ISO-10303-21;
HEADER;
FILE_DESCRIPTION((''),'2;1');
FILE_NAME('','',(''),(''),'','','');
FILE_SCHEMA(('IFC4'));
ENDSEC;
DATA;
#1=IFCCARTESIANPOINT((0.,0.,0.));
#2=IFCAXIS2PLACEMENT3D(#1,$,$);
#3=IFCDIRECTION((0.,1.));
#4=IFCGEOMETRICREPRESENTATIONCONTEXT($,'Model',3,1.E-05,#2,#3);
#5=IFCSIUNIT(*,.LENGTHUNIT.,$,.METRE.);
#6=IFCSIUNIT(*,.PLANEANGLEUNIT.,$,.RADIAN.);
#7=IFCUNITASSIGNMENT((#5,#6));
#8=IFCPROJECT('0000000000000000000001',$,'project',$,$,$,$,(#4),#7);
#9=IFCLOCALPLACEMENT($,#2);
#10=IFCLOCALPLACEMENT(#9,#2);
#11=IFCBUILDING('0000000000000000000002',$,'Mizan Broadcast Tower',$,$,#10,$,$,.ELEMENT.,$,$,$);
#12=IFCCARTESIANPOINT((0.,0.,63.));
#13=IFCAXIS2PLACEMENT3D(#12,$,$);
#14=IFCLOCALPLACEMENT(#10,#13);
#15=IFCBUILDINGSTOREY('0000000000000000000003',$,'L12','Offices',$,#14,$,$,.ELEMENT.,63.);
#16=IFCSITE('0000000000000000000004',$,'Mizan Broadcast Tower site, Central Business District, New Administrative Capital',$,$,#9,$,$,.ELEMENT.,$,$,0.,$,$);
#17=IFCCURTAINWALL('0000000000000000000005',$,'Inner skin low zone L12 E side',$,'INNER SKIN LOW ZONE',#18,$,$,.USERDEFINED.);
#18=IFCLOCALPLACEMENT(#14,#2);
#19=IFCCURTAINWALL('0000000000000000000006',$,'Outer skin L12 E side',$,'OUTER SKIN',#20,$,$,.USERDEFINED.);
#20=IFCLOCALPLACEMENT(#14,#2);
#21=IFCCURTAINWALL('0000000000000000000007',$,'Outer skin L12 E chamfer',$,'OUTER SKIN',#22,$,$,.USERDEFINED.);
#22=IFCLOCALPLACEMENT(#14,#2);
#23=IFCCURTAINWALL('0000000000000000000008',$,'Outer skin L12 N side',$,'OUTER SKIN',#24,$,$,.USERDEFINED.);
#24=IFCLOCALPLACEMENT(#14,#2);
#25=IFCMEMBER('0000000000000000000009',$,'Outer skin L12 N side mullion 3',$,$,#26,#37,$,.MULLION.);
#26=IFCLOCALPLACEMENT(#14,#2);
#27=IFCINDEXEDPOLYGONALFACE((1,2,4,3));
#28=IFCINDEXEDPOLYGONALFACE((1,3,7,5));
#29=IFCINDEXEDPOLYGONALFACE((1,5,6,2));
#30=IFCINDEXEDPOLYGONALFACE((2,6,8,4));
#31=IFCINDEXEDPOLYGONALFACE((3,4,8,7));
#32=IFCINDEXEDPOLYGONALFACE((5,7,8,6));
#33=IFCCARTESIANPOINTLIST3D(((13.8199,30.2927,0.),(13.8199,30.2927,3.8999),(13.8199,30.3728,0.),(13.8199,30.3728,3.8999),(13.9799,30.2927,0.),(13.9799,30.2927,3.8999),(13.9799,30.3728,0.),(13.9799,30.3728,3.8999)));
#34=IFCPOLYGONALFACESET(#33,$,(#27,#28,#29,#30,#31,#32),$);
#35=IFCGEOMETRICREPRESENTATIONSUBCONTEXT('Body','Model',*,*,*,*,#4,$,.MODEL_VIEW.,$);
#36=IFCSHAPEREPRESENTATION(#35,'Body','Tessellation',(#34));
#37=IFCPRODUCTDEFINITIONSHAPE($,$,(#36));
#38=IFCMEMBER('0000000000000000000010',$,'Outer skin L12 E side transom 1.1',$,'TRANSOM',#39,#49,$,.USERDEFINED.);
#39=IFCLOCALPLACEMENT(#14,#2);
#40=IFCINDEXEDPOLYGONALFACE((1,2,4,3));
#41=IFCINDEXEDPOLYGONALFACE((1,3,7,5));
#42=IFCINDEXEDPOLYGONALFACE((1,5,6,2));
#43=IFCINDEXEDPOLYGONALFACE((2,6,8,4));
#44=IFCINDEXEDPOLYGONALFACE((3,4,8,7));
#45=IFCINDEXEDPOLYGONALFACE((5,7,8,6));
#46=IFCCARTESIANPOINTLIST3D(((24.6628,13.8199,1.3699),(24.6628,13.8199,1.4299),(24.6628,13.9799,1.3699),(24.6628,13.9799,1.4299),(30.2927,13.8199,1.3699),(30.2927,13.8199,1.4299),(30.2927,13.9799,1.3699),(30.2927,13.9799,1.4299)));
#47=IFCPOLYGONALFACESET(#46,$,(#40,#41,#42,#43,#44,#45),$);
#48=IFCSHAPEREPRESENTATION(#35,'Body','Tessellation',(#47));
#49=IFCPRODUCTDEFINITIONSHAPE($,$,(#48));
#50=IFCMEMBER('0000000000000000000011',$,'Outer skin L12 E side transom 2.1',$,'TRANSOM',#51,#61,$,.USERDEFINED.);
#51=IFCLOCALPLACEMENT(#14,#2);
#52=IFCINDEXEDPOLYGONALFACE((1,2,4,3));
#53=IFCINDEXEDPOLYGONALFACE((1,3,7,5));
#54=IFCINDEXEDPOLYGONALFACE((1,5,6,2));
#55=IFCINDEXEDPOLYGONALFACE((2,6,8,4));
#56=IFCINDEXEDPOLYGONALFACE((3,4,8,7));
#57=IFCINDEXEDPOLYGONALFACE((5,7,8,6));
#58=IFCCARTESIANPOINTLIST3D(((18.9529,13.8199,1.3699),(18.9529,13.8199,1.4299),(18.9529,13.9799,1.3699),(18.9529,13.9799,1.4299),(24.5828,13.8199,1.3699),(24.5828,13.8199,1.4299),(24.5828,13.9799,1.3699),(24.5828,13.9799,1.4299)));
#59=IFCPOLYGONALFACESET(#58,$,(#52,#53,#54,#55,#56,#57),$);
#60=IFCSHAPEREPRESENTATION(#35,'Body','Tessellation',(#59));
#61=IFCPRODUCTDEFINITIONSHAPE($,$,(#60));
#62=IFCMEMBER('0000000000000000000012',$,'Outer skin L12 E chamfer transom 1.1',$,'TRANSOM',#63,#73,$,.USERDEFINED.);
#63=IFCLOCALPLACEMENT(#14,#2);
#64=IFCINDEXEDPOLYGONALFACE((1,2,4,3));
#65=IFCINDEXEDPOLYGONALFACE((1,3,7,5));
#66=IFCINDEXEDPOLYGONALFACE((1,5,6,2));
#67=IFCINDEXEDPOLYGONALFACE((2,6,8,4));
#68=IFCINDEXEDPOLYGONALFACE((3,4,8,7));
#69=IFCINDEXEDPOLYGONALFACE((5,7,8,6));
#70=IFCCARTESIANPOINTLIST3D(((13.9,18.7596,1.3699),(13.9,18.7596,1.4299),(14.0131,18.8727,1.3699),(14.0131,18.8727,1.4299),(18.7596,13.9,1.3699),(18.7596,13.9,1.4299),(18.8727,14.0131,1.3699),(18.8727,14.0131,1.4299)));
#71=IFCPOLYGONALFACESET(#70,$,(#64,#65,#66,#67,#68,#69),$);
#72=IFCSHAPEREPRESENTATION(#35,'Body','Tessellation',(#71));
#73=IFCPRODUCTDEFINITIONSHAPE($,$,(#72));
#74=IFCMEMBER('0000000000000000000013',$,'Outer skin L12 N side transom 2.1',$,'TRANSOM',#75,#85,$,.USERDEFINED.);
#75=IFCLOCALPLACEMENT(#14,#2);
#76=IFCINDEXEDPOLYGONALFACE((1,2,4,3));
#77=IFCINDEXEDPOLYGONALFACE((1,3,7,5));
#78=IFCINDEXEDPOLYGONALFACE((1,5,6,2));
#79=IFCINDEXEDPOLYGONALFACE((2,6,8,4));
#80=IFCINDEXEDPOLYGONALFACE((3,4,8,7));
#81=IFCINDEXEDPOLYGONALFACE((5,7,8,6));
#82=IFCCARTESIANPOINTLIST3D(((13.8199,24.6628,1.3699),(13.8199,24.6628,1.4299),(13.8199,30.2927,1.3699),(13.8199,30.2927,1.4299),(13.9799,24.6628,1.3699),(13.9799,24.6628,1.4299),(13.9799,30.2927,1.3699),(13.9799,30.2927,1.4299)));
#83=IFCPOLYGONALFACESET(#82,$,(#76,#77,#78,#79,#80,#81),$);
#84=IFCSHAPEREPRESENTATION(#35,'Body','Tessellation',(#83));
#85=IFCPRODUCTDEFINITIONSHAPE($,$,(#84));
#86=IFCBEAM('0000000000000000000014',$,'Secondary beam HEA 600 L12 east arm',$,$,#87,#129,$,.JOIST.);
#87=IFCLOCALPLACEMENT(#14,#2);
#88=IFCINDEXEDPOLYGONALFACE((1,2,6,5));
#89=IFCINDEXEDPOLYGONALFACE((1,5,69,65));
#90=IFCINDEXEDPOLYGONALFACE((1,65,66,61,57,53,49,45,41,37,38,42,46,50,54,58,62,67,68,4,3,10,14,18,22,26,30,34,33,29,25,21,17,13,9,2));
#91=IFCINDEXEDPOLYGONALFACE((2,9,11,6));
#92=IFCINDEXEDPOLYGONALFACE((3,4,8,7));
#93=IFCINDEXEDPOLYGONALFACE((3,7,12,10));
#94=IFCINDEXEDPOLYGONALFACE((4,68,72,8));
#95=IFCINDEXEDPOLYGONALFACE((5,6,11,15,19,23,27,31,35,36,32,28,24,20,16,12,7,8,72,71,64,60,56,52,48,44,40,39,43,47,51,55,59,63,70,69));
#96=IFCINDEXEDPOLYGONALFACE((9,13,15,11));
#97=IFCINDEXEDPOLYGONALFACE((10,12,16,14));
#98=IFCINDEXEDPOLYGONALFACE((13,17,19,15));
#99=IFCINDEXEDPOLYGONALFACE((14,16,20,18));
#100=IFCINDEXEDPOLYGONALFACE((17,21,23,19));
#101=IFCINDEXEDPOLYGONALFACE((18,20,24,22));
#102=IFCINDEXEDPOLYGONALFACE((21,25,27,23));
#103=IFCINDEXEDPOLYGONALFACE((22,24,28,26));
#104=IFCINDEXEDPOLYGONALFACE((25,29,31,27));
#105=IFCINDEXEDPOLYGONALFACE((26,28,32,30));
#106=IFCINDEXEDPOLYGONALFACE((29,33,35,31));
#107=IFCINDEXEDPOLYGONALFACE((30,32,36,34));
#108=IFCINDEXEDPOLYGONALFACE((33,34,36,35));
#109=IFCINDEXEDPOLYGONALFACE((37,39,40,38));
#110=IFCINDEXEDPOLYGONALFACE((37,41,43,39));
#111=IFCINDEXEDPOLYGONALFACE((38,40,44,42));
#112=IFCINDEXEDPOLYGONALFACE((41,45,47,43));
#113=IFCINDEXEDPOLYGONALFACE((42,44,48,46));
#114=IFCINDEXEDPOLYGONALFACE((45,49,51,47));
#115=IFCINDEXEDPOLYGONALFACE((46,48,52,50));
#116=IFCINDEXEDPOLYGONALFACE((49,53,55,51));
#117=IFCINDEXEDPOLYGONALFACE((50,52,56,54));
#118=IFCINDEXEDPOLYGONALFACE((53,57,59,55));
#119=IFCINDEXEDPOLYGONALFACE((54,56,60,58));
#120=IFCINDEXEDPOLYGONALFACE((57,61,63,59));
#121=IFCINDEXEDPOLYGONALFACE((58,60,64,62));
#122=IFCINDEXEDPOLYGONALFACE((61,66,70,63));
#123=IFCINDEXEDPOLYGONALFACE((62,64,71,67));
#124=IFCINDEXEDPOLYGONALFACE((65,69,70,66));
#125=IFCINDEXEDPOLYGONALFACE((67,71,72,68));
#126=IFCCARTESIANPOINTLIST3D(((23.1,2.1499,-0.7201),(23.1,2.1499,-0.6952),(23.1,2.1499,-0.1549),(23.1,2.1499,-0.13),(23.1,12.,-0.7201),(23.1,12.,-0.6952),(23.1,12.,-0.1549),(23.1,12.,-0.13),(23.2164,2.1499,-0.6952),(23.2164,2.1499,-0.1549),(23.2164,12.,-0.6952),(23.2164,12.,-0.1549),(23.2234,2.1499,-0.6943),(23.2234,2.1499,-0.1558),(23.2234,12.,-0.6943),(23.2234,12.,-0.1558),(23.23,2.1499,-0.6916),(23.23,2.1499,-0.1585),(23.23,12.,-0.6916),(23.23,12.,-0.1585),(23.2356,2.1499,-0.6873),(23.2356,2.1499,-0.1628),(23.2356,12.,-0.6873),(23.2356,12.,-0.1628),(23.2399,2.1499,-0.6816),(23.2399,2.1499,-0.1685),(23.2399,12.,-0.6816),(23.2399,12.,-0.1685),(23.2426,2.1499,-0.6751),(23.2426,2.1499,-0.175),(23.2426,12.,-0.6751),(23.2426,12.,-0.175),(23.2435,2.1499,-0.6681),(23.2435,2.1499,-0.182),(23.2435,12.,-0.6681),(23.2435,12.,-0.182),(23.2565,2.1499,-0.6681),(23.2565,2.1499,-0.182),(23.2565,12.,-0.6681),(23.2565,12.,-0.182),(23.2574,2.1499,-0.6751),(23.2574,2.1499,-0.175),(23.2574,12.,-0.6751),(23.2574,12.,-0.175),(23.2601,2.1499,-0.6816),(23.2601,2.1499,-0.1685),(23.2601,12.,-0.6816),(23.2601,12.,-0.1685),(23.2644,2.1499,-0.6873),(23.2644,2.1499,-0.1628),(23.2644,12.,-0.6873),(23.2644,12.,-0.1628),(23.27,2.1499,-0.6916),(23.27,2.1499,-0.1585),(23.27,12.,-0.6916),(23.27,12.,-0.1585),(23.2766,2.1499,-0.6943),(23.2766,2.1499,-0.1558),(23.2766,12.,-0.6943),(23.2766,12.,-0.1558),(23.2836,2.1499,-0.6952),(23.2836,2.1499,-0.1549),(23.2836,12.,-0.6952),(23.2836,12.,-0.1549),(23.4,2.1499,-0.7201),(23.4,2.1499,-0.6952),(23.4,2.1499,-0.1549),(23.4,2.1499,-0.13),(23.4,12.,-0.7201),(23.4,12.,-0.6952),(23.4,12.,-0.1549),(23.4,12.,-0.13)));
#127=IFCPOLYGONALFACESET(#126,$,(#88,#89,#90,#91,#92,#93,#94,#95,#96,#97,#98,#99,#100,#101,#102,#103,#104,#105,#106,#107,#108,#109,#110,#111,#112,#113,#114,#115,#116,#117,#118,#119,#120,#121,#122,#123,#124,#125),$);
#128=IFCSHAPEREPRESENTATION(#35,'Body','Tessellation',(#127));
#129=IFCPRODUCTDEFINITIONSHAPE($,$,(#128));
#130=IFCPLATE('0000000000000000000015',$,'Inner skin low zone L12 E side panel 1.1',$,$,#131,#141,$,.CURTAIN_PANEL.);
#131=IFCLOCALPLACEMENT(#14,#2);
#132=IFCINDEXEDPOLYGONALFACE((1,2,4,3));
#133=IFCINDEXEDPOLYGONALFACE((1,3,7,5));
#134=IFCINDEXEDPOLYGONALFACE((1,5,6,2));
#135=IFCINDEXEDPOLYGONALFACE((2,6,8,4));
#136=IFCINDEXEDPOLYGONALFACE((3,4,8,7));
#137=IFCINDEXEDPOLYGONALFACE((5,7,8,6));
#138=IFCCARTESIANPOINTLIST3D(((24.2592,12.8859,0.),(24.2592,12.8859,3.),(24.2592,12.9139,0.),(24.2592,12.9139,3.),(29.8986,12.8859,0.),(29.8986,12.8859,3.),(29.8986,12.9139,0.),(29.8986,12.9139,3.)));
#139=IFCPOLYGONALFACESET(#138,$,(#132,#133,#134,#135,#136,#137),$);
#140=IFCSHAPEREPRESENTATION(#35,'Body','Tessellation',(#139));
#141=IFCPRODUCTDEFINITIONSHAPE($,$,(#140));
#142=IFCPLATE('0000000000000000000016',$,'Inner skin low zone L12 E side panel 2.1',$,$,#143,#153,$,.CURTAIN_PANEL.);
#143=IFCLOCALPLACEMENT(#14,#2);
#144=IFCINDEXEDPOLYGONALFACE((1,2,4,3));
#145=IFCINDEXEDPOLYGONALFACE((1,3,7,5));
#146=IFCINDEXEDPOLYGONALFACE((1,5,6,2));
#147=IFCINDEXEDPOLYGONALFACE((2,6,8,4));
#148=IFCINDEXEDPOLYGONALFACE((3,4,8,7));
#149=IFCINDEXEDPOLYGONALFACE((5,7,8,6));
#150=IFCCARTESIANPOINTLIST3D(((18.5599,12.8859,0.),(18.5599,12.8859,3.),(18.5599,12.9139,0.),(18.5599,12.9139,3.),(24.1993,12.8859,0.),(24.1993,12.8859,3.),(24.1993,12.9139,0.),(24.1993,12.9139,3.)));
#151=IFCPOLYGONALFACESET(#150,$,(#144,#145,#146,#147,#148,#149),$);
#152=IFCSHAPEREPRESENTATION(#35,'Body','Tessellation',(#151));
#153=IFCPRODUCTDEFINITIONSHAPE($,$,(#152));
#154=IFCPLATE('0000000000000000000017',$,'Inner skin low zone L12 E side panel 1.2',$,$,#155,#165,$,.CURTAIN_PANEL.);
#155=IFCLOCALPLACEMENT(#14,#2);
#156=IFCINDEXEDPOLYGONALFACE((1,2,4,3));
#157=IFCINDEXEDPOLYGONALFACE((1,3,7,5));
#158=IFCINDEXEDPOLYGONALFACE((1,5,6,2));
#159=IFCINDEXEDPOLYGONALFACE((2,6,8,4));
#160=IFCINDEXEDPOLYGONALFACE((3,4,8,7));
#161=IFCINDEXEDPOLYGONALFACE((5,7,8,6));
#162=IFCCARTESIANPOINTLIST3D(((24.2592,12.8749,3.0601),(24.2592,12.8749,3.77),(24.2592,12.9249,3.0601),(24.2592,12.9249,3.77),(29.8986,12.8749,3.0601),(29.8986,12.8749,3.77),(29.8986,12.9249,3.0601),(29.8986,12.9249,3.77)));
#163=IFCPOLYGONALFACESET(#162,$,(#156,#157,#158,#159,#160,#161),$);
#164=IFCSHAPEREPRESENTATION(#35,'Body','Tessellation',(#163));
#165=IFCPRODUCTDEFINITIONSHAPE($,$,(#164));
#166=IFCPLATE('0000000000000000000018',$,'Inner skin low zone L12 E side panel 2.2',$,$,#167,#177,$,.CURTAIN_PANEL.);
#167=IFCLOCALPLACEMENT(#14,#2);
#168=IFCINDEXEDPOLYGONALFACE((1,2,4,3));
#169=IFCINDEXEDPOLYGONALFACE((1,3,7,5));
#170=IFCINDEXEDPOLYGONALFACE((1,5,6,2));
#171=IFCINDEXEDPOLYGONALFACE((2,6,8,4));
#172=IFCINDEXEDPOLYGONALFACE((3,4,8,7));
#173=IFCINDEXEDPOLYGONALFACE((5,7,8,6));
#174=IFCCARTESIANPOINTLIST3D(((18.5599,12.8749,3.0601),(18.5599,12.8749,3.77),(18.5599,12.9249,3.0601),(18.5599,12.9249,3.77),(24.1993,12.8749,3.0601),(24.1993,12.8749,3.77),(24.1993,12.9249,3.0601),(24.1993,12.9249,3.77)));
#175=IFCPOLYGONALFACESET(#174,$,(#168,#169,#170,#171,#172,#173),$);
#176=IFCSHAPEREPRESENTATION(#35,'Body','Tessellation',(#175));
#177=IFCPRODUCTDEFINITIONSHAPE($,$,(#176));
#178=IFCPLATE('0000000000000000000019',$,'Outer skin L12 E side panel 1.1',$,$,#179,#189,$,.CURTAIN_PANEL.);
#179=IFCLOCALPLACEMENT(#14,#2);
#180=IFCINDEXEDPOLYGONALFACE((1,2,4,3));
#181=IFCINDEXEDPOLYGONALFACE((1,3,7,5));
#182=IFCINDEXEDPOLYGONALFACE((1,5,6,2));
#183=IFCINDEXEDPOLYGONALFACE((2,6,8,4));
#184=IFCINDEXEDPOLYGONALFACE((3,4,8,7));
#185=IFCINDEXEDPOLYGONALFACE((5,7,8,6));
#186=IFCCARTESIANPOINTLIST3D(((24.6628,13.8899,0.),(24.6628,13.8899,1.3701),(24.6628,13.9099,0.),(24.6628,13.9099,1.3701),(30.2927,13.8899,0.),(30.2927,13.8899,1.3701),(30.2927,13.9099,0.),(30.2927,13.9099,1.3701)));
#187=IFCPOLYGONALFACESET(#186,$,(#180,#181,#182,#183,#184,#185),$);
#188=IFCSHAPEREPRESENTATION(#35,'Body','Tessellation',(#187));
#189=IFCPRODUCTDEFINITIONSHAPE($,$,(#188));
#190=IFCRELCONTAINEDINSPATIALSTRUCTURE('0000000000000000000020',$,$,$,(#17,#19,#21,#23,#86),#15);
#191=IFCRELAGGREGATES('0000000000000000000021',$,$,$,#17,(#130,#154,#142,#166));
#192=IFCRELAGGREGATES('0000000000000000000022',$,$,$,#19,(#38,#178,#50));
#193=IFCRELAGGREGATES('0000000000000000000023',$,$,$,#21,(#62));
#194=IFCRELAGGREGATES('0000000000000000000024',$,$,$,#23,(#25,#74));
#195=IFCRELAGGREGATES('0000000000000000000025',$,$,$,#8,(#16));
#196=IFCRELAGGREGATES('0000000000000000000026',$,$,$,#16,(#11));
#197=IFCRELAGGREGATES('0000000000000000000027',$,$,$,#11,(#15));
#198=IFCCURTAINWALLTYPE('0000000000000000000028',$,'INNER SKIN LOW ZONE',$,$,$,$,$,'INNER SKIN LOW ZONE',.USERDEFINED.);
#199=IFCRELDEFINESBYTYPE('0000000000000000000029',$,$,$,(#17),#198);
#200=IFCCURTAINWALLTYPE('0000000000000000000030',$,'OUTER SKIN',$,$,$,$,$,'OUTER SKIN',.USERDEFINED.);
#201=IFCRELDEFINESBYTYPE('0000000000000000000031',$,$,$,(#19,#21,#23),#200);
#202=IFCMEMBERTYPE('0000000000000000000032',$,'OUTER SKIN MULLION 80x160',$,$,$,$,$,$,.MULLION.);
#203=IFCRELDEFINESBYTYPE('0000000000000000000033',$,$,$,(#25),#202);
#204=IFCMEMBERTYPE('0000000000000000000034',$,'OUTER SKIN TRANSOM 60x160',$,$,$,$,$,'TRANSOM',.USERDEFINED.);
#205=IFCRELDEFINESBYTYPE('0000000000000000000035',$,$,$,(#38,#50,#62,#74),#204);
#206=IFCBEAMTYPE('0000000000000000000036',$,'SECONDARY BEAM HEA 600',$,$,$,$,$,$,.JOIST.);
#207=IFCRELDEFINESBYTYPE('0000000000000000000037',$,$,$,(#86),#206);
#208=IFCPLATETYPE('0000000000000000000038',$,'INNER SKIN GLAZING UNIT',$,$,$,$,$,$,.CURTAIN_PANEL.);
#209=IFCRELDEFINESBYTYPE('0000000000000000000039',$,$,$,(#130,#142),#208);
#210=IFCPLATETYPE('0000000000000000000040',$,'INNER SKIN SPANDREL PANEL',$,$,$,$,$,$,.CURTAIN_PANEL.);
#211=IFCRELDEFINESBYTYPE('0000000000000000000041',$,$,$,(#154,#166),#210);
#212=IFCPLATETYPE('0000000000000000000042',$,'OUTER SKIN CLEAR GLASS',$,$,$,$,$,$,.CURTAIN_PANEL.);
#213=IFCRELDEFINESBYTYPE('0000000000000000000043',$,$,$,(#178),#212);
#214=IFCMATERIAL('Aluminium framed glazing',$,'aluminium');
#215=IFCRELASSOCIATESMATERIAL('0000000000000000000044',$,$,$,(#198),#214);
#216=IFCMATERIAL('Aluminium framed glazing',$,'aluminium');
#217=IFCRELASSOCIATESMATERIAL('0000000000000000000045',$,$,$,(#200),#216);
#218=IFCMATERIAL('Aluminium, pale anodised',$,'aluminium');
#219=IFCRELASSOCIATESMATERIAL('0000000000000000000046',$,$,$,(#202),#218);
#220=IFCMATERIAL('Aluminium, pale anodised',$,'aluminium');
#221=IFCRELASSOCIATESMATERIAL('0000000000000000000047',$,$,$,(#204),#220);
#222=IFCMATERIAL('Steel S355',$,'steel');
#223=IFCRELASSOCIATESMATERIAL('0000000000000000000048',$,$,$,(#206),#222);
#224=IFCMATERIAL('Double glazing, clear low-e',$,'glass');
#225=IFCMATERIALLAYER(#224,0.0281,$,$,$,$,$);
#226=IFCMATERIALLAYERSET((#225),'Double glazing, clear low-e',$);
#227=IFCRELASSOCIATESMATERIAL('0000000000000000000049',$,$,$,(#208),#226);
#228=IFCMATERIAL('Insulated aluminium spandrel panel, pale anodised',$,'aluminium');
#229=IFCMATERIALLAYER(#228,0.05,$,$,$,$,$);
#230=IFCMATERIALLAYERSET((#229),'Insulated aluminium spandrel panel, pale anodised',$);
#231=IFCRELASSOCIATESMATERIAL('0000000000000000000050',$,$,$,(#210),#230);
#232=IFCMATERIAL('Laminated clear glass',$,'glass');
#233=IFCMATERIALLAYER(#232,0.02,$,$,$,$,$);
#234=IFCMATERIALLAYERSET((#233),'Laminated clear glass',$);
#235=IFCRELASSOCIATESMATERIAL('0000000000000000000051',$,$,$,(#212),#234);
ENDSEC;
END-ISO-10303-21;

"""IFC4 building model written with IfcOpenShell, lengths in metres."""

from ifc_helpers import new_model, si_unit, direction, frame, origin, origin_2d, place, context, subcontext, project, spatial, rectangle, i_section, extrude, material, layer, layer_set, material_profile, profile_set, type_object, element, aggregate, save


model = new_model("IFC4")

# Units and contexts
model_context = context("Model", 3, precision=1e-05, world=origin(), true_north=direction((0.0, 1.0)))
body_context = subcontext(model_context, "Body", "Model", "MODEL_VIEW")
ifc_project = project(units=[si_unit("LENGTHUNIT", "METRE"), si_unit("PLANEANGLEUNIT", "RADIAN")], contexts=[model_context])

# Site, building, storey
site_placement = place(None, origin())
site = spatial("IfcSite", under=ifc_project, at=site_placement, Name="Mizan Broadcast Tower site, Central Business District, New Administrative Capital", CompositionType="ELEMENT", RefElevation=0.0)
building_placement = place(site_placement, origin())
building = spatial("IfcBuilding", under=site, at=building_placement, Name="Mizan Broadcast Tower", CompositionType="ELEMENT")
storey_placement = place(building_placement, frame((0.0, 0.0, 63.0)))
storey = spatial("IfcBuildingStorey", under=building, at=storey_placement, Name="L12", Description="Offices", CompositionType="ELEMENT", Elevation=63.0)

# Shared definitions
ifc_material_1 = material(Name="Aluminium framed glazing", Category="aluminium")
curtain_wall_type_1 = type_object("IfcCurtainWallType", Name="INNER SKIN LOW ZONE", ElementType="INNER SKIN LOW ZONE", PredefinedType="USERDEFINED", material=ifc_material_1)

# Curtain wall
curtain_wall_1_placement = place(storey_placement, origin())
curtain_wall_1 = element("IfcCurtainWall", 1, at=curtain_wall_1_placement, inside=storey, type_object=curtain_wall_type_1, Name="Inner skin low zone L12 E side", ObjectType="INNER SKIN LOW ZONE", PredefinedType="USERDEFINED")

# Shared definitions
ifc_material_2 = material(Name="Aluminium framed glazing", Category="aluminium")
curtain_wall_type_2 = type_object("IfcCurtainWallType", Name="OUTER SKIN", ElementType="OUTER SKIN", PredefinedType="USERDEFINED", material=ifc_material_2)
ifc_material_3 = material(Name="Aluminium, pale anodised", Category="aluminium")
ifc_material_profile_1 = material_profile(ifc_material_3, rectangle(XDim=0.1599, YDim=0.0801, at=origin_2d()), Name="MULLION 160x80")
ifc_profile_set_1 = profile_set([ifc_material_profile_1], Name="Aluminium, pale anodised")
member_type_1 = type_object("IfcMemberType", Name="OUTER SKIN MULLION 80x160", PredefinedType="MULLION", material=ifc_profile_set_1)

# Curtain wall
curtain_wall_2_placement = place(storey_placement, origin())
curtain_wall_2 = element("IfcCurtainWall", 2, at=curtain_wall_2_placement, inside=storey, type_object=curtain_wall_type_2, Name="Outer skin L12 E side", ObjectType="OUTER SKIN", PredefinedType="USERDEFINED")

# Curtain wall
curtain_wall_3_placement = place(storey_placement, origin())
curtain_wall_3 = element("IfcCurtainWall", 3, at=curtain_wall_3_placement, inside=storey, type_object=curtain_wall_type_2, Name="Outer skin L12 E chamfer", ObjectType="OUTER SKIN", PredefinedType="USERDEFINED")

# Curtain wall, member
curtain_wall_4_placement = place(storey_placement, origin())
curtain_wall_4 = element("IfcCurtainWall", 4, at=curtain_wall_4_placement, inside=storey, type_object=curtain_wall_type_2, Name="Outer skin L12 N side", ObjectType="OUTER SKIN", PredefinedType="USERDEFINED")
member_1_placement = place(storey_placement, frame((13.8999, 30.3328, 0.0), z_axis=(0.0, 0.0, 1.0), x_axis=(-1.0, 0.0, 0.0)))
member_1 = element("IfcMember", 5, at=member_1_placement, type_object=member_type_1, Name="Outer skin L12 N side mullion 3", PredefinedType="MULLION", context=body_context, shape_type="SweptSolid", body=[
    extrude(rectangle(XDim=0.1599, YDim=0.0801, at=origin_2d()), origin(), (0.0, 0.0, 1.0), 3.8999),
])

# Members
ifc_material_4 = material(Name="Aluminium, pale anodised", Category="aluminium")
ifc_material_profile_2 = material_profile(ifc_material_4, rectangle(XDim=0.1599, YDim=0.0601, at=origin_2d()), Name="TRANSOM 160x60")
ifc_profile_set_2 = profile_set([ifc_material_profile_2], Name="Aluminium, pale anodised")
member_type_2 = type_object("IfcMemberType", Name="OUTER SKIN TRANSOM 60x160", ElementType="TRANSOM", PredefinedType="USERDEFINED", material=ifc_profile_set_2)
member_2_placement = place(storey_placement, frame((30.2927, 13.8999, 1.3999), z_axis=(-1.0, 0.0, 0.0), x_axis=(0.0, -1.0, 0.0)))
member_2 = element("IfcMember", 6, at=member_2_placement, type_object=member_type_2, Name="Outer skin L12 E side transom 1.1", ObjectType="TRANSOM", PredefinedType="USERDEFINED", context=body_context, shape_type="SweptSolid", body=[
    extrude(rectangle(XDim=0.1599, YDim=0.0601, at=origin_2d()), origin(), (0.0, 0.0, 1.0), 5.6299),
])
member_3_placement = place(storey_placement, frame((24.5828, 13.8999, 1.3999), z_axis=(-1.0, 0.0, 0.0), x_axis=(0.0, -1.0, 0.0)))
member_3 = element("IfcMember", 7, at=member_3_placement, type_object=member_type_2, Name="Outer skin L12 E side transom 2.1", ObjectType="TRANSOM", PredefinedType="USERDEFINED", context=body_context, shape_type="SweptSolid", body=[
    extrude(rectangle(XDim=0.1599, YDim=0.0601, at=origin_2d()), origin(), (0.0, 0.0, 1.0), 5.6299),
])
member_4_placement = place(storey_placement, frame((18.8162, 13.9565, 1.3999), z_axis=(-0.707107, 0.707107, 0.0), x_axis=(-0.707107, -0.707107, 0.0)))
member_4 = element("IfcMember", 8, at=member_4_placement, type_object=member_type_2, Name="Outer skin L12 E chamfer transom 1.1", ObjectType="TRANSOM", PredefinedType="USERDEFINED", context=body_context, shape_type="SweptSolid", body=[
    extrude(rectangle(XDim=0.1599, YDim=0.0601, at=origin_2d()), origin(), (0.0, 0.0, 1.0), 6.8726),
])
member_5_placement = place(storey_placement, frame((13.8999, 24.6628, 1.3999), z_axis=(0.0, 1.0, 0.0), x_axis=(-1.0, 0.0, 0.0)))
member_5 = element("IfcMember", 9, at=member_5_placement, type_object=member_type_2, Name="Outer skin L12 N side transom 2.1", ObjectType="TRANSOM", PredefinedType="USERDEFINED", context=body_context, shape_type="SweptSolid", body=[
    extrude(rectangle(XDim=0.1599, YDim=0.0601, at=origin_2d()), origin(), (0.0, 0.0, 1.0), 5.6299),
])

# Beam
ifc_material_5 = material(Name="Steel S355", Category="steel")
ifc_material_profile_3 = material_profile(ifc_material_5, i_section(OverallWidth=0.3, OverallDepth=0.5901, WebThickness=0.0129, FlangeThickness=0.0249, FilletRadius=0.0271, at=origin_2d()), Name="HEA 600")
ifc_profile_set_3 = profile_set([ifc_material_profile_3], Name="Steel S355")
beam_type_1 = type_object("IfcBeamType", Name="SECONDARY BEAM HEA 600", PredefinedType="JOIST", material=ifc_profile_set_3)
beam_1_placement = place(storey_placement, frame((23.25, 12.0, -0.425), z_axis=(0.0, -1.0, 0.0), x_axis=(1.0, 0.0, 0.0)))
element("IfcBeam", 10, at=beam_1_placement, inside=storey, type_object=beam_type_1, Name="Secondary beam HEA 600 L12 east arm", PredefinedType="JOIST", context=body_context, shape_type="SweptSolid", body=[
    extrude(i_section(OverallWidth=0.3, OverallDepth=0.5901, WebThickness=0.0129, FlangeThickness=0.0249, FilletRadius=0.0271, at=origin_2d()), origin(), (0.0, 0.0, 1.0), 9.8501),
])

# Plates
ifc_material_6 = material(Name="Double glazing, clear low-e", Category="glass")
ifc_layer_1 = layer(ifc_material_6, 0.0281)
ifc_layer_set_1 = layer_set([ifc_layer_1], Name="Double glazing, clear low-e")
plate_type_1 = type_object("IfcPlateType", Name="INNER SKIN GLAZING UNIT", PredefinedType="CURTAIN_PANEL", material=ifc_layer_set_1)
plate_1_placement = place(storey_placement, frame((27.0789, 12.8999, 0.0), z_axis=(0.0, 0.0, 1.0), x_axis=(-1.0, 0.0, 0.0)))
plate_1 = element("IfcPlate", 11, at=plate_1_placement, type_object=plate_type_1, Name="Inner skin low zone L12 E side panel 1.1", PredefinedType="CURTAIN_PANEL", context=body_context, shape_type="SweptSolid", body=[
    extrude(rectangle(XDim=5.6394, YDim=0.0281, at=origin_2d()), origin(), (0.0, 0.0, 1.0), 3.0),
])
plate_2_placement = place(storey_placement, frame((21.3796, 12.8999, 0.0), z_axis=(0.0, 0.0, 1.0), x_axis=(-1.0, 0.0, 0.0)))
plate_2 = element("IfcPlate", 12, at=plate_2_placement, type_object=plate_type_1, Name="Inner skin low zone L12 E side panel 2.1", PredefinedType="CURTAIN_PANEL", context=body_context, shape_type="SweptSolid", body=[
    extrude(rectangle(XDim=5.6394, YDim=0.0281, at=origin_2d()), origin(), (0.0, 0.0, 1.0), 3.0),
])
ifc_material_7 = material(Name="Insulated aluminium spandrel panel, pale anodised", Category="aluminium")
ifc_layer_2 = layer(ifc_material_7, 0.05)
ifc_layer_set_2 = layer_set([ifc_layer_2], Name="Insulated aluminium spandrel panel, pale anodised")
plate_type_2 = type_object("IfcPlateType", Name="INNER SKIN SPANDREL PANEL", PredefinedType="CURTAIN_PANEL", material=ifc_layer_set_2)
plate_3_placement = place(storey_placement, frame((27.0789, 12.8999, 3.0601), z_axis=(0.0, 0.0, 1.0), x_axis=(-1.0, 0.0, 0.0)))
plate_3 = element("IfcPlate", 13, at=plate_3_placement, type_object=plate_type_2, Name="Inner skin low zone L12 E side panel 1.2", PredefinedType="CURTAIN_PANEL", context=body_context, shape_type="SweptSolid", body=[
    extrude(rectangle(XDim=5.6394, YDim=0.05, at=origin_2d()), origin(), (0.0, 0.0, 1.0), 0.71),
])
plate_4_placement = place(storey_placement, frame((21.3796, 12.8999, 3.0601), z_axis=(0.0, 0.0, 1.0), x_axis=(-1.0, 0.0, 0.0)))
plate_4 = element("IfcPlate", 14, at=plate_4_placement, type_object=plate_type_2, Name="Inner skin low zone L12 E side panel 2.2", PredefinedType="CURTAIN_PANEL", context=body_context, shape_type="SweptSolid", body=[
    extrude(rectangle(XDim=5.6394, YDim=0.05, at=origin_2d()), origin(), (0.0, 0.0, 1.0), 0.71),
])
aggregate(curtain_wall_1, [plate_1, plate_3, plate_2, plate_4])
ifc_material_8 = material(Name="Laminated clear glass", Category="glass")
ifc_layer_3 = layer(ifc_material_8, 0.02)
ifc_layer_set_3 = layer_set([ifc_layer_3], Name="Laminated clear glass")
plate_type_3 = type_object("IfcPlateType", Name="OUTER SKIN CLEAR GLASS", PredefinedType="CURTAIN_PANEL", material=ifc_layer_set_3)
plate_5_placement = place(storey_placement, frame((27.4778, 13.8999, 0.0), z_axis=(0.0, 0.0, 1.0), x_axis=(-1.0, 0.0, 0.0)))
plate_5 = element("IfcPlate", 15, at=plate_5_placement, type_object=plate_type_3, Name="Outer skin L12 E side panel 1.1", PredefinedType="CURTAIN_PANEL", context=body_context, shape_type="SweptSolid", body=[
    extrude(rectangle(XDim=5.6299, YDim=0.02, at=origin_2d()), origin(), (0.0, 0.0, 1.0), 1.3701),
])
aggregate(curtain_wall_2, [member_2, plate_5, member_3])
aggregate(curtain_wall_3, [member_4])
aggregate(curtain_wall_4, [member_1, member_5])

save(model, "model.ifc")
